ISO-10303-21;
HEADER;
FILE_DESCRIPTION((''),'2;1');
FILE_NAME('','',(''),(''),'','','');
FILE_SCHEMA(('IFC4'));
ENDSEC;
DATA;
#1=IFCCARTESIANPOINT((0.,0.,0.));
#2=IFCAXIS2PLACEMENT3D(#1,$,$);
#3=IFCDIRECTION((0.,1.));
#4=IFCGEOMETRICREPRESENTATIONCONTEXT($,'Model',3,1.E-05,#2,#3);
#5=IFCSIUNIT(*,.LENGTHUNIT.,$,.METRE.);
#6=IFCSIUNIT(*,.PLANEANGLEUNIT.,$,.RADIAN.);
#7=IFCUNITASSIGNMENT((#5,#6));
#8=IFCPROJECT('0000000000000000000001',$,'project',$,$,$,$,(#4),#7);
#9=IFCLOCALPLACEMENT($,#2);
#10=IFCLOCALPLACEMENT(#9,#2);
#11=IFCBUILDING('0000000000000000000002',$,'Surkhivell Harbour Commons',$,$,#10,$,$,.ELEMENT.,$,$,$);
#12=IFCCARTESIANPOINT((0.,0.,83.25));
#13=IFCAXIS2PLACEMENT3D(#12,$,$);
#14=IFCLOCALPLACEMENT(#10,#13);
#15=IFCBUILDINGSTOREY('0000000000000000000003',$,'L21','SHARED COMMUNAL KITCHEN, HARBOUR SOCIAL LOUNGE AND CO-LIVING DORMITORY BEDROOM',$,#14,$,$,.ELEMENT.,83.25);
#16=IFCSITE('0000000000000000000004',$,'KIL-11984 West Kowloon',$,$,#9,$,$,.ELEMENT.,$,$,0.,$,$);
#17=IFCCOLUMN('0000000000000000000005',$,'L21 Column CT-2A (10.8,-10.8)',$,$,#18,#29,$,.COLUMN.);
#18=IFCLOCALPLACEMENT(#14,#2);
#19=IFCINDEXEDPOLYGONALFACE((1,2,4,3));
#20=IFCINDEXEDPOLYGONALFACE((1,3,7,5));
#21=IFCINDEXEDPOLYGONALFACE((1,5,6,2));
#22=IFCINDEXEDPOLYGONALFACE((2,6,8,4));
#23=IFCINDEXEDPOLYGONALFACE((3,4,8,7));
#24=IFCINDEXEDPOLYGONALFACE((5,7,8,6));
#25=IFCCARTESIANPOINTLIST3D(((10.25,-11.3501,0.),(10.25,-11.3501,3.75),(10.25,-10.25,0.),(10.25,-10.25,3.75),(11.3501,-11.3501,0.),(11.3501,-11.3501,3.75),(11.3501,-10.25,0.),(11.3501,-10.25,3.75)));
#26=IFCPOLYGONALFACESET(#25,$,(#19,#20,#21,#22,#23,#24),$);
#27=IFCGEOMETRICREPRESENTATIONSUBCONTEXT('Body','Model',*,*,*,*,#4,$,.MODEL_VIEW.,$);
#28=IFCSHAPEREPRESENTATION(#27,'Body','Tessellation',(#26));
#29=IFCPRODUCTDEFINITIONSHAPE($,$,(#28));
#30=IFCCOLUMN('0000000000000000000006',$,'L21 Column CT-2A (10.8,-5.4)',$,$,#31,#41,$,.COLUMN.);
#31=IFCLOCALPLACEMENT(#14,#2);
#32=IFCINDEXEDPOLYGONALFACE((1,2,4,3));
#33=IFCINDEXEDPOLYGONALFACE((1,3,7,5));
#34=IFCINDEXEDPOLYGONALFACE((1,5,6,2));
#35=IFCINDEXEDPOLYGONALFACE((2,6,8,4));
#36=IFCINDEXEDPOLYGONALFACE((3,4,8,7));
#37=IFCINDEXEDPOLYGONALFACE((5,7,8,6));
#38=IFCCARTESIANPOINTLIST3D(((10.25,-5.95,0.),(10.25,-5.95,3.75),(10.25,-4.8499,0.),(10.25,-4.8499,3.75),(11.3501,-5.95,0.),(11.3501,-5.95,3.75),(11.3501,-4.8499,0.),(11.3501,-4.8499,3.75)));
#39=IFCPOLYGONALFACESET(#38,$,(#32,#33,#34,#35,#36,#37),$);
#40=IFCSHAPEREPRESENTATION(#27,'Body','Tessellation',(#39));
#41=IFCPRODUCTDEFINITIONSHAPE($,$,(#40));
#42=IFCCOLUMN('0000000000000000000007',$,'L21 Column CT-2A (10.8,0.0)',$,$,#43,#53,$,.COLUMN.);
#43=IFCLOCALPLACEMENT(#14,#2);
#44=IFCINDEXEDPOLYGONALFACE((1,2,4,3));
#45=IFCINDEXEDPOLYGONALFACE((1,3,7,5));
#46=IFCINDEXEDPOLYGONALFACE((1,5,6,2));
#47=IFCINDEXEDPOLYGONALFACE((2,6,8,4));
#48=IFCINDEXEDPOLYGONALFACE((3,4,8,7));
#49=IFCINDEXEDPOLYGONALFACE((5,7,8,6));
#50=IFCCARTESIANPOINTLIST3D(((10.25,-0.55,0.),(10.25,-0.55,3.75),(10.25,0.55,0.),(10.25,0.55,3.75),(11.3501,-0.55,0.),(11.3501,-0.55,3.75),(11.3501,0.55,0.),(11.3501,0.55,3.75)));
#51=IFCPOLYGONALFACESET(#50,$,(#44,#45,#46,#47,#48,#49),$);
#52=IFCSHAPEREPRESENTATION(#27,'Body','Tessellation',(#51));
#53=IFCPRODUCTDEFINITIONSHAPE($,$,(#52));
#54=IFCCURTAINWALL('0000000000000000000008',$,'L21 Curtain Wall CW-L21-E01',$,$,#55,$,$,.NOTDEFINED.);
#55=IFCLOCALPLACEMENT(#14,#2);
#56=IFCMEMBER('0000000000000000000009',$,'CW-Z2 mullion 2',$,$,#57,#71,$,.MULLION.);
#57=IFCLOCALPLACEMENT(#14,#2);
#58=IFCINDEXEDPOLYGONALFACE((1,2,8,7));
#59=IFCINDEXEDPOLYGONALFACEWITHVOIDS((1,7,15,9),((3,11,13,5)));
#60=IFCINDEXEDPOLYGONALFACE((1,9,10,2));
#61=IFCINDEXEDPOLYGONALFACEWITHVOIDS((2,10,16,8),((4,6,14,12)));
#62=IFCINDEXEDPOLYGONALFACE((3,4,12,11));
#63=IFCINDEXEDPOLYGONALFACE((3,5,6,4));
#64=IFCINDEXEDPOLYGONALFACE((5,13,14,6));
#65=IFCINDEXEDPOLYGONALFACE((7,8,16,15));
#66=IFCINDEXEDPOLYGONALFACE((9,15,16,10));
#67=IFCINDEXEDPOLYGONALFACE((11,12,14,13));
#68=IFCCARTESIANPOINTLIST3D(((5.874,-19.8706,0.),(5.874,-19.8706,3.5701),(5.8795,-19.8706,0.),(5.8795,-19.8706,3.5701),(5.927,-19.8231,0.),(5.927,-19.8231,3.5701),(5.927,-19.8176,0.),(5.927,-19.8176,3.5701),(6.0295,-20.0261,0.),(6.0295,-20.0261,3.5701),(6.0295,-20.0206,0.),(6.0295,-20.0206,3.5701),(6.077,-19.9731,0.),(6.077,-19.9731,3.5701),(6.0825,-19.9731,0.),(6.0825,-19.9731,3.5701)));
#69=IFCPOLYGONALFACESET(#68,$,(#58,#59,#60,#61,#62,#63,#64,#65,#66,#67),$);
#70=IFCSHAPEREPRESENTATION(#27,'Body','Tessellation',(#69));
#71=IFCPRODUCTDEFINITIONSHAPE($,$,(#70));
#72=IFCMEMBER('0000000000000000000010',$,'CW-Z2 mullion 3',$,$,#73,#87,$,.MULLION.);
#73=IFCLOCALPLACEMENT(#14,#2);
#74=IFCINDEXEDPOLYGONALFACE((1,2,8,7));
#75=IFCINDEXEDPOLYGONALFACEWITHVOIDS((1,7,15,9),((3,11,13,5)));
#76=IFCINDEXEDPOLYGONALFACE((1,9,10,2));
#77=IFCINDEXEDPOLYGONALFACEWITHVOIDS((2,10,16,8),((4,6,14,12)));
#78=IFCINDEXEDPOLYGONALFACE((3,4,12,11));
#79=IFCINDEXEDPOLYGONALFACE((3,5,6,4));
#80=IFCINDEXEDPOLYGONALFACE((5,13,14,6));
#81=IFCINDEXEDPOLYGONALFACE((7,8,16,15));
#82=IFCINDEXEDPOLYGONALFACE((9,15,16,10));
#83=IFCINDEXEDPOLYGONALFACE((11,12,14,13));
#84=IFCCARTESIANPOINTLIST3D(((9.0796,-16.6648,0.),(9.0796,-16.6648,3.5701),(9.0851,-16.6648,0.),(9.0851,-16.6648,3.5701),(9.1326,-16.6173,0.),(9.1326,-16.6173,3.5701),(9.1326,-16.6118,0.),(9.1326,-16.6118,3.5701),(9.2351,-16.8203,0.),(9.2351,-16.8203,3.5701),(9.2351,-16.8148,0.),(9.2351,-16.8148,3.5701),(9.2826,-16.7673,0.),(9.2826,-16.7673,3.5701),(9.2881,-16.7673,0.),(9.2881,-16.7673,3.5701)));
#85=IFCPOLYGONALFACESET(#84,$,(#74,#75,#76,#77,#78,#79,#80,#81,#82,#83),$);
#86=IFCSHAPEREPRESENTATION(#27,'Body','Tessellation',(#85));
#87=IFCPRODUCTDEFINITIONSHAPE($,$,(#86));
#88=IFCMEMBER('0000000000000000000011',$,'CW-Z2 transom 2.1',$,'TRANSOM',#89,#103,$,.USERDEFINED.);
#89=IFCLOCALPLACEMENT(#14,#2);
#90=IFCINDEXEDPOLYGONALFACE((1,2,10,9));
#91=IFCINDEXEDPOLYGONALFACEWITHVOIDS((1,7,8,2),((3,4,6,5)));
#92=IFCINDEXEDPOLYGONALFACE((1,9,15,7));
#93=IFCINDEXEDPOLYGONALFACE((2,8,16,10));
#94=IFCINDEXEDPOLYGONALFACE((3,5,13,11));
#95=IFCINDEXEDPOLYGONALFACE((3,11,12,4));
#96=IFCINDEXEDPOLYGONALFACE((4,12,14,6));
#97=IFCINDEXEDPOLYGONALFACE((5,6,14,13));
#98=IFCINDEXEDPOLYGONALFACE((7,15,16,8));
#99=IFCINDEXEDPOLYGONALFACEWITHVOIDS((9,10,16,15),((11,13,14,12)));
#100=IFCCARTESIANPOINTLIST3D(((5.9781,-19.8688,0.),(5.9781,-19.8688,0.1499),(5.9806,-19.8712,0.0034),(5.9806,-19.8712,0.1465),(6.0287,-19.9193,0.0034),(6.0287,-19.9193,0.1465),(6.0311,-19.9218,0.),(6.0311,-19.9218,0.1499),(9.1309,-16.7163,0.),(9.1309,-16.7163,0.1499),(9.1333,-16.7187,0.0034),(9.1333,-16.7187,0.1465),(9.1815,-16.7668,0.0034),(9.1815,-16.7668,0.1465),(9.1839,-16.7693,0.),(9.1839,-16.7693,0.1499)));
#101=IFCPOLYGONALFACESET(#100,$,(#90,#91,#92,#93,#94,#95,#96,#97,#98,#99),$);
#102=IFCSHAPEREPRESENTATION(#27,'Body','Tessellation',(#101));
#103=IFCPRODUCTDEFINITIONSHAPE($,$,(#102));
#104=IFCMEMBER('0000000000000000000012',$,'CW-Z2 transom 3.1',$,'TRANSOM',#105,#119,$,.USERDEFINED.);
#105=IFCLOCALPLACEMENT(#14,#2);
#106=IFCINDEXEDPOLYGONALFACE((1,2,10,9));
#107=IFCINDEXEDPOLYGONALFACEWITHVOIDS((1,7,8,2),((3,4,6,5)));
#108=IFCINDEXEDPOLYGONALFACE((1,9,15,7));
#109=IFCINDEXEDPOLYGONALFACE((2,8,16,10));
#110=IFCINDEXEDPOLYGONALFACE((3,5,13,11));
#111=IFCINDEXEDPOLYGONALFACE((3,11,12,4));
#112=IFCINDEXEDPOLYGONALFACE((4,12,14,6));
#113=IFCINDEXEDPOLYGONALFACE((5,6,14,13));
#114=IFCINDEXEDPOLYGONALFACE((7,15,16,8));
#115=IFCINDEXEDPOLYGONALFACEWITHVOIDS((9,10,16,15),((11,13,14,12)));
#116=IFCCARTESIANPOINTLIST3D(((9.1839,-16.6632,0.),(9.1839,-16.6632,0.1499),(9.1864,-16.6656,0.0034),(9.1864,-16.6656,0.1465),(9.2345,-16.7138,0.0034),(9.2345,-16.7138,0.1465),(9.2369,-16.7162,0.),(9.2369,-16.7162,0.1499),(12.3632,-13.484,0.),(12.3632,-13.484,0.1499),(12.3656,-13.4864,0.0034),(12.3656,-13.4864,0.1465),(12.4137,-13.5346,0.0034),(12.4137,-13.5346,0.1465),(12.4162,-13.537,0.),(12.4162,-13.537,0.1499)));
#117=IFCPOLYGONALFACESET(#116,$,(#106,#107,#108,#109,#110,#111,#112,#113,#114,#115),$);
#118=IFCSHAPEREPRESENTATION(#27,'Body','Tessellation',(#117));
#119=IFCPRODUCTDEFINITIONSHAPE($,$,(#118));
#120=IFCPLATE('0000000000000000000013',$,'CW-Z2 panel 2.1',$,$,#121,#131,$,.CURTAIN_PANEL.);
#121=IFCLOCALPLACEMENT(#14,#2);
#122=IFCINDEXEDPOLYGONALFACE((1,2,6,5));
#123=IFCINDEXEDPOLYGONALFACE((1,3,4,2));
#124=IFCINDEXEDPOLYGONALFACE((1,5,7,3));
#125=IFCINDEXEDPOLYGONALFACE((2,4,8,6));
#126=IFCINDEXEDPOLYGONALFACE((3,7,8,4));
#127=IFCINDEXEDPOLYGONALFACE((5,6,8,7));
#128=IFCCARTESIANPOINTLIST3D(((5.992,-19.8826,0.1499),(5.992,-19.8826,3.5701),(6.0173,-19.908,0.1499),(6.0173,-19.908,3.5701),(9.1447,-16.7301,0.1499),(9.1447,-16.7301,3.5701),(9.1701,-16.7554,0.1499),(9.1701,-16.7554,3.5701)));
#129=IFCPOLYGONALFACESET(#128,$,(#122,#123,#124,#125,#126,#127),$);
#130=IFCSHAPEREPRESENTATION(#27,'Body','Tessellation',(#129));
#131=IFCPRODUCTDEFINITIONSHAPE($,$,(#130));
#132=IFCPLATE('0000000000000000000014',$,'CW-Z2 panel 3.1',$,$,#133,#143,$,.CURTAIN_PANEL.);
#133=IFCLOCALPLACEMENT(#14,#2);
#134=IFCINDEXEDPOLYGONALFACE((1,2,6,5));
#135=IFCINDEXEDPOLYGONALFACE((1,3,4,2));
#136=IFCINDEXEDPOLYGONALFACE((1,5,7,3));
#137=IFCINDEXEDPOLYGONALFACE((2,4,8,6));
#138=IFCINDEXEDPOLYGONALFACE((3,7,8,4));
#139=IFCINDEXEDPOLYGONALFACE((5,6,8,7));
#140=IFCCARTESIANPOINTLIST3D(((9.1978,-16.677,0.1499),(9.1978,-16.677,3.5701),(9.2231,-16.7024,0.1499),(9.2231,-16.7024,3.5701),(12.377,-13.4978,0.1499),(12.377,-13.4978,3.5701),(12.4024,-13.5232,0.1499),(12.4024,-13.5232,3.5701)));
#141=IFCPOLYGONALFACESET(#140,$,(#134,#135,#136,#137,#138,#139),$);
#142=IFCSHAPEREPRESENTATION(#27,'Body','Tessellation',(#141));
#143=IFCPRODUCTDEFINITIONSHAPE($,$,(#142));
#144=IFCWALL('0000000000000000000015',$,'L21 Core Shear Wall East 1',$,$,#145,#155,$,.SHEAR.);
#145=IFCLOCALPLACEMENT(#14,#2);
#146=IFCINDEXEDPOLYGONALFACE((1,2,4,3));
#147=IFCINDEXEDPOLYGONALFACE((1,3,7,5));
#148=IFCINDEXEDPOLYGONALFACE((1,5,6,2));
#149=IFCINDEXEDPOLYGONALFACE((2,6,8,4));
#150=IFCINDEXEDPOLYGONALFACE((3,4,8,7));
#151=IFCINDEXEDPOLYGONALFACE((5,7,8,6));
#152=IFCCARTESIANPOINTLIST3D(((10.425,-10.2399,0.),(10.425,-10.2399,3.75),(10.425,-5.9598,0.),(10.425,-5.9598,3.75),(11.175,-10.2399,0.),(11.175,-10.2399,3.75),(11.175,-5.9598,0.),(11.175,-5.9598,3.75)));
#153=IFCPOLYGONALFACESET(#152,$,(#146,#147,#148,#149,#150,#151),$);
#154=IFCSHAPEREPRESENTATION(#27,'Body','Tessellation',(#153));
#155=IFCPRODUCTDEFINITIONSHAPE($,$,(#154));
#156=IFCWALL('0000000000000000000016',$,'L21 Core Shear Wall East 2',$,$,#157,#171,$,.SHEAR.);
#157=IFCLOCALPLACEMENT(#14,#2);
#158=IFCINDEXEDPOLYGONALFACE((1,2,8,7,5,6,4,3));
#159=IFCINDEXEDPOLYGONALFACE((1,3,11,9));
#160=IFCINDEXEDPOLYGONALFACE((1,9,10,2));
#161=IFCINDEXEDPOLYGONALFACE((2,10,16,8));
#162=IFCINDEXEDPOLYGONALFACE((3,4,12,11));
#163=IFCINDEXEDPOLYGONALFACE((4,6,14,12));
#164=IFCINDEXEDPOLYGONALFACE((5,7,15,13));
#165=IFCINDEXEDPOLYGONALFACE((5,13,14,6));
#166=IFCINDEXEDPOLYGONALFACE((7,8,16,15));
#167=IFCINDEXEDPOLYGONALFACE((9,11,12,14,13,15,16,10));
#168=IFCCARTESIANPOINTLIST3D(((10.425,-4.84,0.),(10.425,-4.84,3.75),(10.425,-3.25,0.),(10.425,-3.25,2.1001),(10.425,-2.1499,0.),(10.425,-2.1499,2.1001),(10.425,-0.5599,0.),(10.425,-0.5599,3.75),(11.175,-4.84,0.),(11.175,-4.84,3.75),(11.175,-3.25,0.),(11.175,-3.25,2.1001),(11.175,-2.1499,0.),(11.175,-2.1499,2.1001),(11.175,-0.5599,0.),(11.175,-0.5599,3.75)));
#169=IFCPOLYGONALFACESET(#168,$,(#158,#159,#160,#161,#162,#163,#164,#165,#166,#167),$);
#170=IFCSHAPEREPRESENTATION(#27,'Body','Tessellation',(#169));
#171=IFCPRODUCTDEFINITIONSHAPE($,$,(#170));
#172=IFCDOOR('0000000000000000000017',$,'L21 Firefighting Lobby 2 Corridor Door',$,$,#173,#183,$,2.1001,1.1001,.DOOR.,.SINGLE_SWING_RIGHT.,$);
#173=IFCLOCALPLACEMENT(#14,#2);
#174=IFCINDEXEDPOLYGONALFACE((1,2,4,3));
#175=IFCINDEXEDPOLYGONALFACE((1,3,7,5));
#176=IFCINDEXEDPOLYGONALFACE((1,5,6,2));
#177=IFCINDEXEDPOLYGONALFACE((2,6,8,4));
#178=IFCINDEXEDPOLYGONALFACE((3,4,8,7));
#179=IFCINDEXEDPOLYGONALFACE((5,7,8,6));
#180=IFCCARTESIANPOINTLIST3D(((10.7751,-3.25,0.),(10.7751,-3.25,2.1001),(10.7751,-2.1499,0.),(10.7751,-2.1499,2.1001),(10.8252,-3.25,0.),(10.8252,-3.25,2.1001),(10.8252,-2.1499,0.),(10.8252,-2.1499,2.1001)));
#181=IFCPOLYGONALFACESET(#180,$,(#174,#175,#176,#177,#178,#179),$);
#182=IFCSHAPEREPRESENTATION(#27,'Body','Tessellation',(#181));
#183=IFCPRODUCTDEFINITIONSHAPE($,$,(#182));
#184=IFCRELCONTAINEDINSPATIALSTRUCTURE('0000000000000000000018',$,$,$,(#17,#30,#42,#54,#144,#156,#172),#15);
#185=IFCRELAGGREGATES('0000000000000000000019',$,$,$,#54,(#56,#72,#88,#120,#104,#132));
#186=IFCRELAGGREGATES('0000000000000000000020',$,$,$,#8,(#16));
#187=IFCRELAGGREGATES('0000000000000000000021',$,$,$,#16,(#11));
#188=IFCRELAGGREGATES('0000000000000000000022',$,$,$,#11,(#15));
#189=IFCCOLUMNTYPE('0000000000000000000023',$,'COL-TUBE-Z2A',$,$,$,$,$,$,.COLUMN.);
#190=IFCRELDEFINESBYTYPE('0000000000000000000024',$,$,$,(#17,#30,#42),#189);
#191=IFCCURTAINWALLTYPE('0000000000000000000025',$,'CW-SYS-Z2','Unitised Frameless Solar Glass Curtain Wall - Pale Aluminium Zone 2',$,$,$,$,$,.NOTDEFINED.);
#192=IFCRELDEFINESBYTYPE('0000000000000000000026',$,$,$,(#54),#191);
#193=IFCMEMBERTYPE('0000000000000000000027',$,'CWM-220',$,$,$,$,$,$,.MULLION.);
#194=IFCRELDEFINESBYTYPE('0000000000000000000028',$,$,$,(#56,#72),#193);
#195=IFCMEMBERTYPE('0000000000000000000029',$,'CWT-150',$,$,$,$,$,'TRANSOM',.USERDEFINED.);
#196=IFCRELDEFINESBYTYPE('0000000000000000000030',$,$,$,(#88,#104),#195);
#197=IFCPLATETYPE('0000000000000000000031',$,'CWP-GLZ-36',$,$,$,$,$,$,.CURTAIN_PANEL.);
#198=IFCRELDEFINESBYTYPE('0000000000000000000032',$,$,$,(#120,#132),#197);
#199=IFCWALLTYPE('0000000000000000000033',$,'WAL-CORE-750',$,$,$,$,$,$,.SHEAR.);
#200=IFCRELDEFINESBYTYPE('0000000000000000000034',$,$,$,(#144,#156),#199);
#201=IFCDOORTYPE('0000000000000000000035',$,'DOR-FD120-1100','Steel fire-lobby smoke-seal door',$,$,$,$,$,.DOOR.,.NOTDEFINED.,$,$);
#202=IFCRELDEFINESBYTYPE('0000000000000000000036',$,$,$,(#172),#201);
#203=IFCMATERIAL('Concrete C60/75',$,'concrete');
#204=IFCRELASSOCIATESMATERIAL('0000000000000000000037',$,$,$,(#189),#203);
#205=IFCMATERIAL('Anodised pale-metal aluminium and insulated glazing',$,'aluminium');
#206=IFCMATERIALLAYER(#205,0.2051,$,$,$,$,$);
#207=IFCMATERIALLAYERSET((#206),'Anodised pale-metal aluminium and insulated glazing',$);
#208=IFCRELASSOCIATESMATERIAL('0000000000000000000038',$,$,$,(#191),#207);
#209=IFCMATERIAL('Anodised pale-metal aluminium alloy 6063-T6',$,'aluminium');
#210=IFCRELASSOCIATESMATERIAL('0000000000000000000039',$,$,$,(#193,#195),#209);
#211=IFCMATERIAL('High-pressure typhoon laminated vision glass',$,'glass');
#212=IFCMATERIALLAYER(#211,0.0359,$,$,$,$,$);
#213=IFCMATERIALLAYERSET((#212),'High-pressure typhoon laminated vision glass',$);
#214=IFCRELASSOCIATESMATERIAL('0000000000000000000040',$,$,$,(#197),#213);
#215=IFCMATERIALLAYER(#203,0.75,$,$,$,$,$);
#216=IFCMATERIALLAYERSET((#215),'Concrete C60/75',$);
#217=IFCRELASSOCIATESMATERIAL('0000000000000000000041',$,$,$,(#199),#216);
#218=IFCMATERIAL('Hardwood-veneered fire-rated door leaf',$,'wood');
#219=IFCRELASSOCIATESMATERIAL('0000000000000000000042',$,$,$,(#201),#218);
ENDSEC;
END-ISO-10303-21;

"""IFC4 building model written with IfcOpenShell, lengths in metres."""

from ifc_helpers import new_model, si_unit, direction, frame, frame_2d, origin, origin_2d, place, context, subcontext, project, spatial, rectangle, hollow_rectangle, extrude, material, layer, layer_set, material_profile, profile_set, type_object, element, fill, aggregate, save


model = new_model("IFC4")

# Units and contexts
model_context = context("Model", 3, precision=1e-05, world=origin(), true_north=direction((0.0, 1.0)))
body_context = subcontext(model_context, "Body", "Model", "MODEL_VIEW")
ifc_project = project(units=[si_unit("LENGTHUNIT", "METRE"), si_unit("PLANEANGLEUNIT", "RADIAN")], contexts=[model_context])

# Site, building, storey
site_placement = place(None, origin())
site = spatial("IfcSite", under=ifc_project, at=site_placement, Name="KIL-11984 West Kowloon", CompositionType="ELEMENT", RefElevation=0.0)
building_placement = place(site_placement, origin())
building = spatial("IfcBuilding", under=site, at=building_placement, Name="Surkhivell Harbour Commons", CompositionType="ELEMENT")
storey_placement = place(building_placement, frame((0.0, 0.0, 83.25)))
storey = spatial("IfcBuildingStorey", under=building, at=storey_placement, Name="L21", Description="SHARED COMMUNAL KITCHEN, HARBOUR SOCIAL LOUNGE AND CO-LIVING DORMITORY BEDROOM", CompositionType="ELEMENT", Elevation=83.25)

# Columns
ifc_material_1 = material(Name="Concrete C60/75", Category="concrete")
ifc_material_profile_1 = material_profile(ifc_material_1, rectangle(XDim=1.1001, YDim=1.1001, at=origin_2d()), Name="RC-COL-1100x1100")
ifc_profile_set_1 = profile_set([ifc_material_profile_1], Name="Concrete C60/75")
column_type = type_object("IfcColumnType", Name="COL-TUBE-Z2A", PredefinedType="COLUMN", material=ifc_profile_set_1)
for number, where, z_axis, x_axis, name in (
    (1, (10.8, -10.8, 0.0), (0.0, 0.0, 1.0), (1.0, 0.0, 0.0), "L21 Column CT-2A (10.8,-10.8)"),
    (2, (10.8, -5.3999, 0.0), (0.0, 0.0, 1.0), (1.0, 0.0, 0.0), "L21 Column CT-2A (10.8,-5.4)"),
    (3, (10.8, 0.0, 0.0), (0.0, 0.0, 1.0), (1.0, 0.0, 0.0), "L21 Column CT-2A (10.8,0.0)"),
):
    element("IfcColumn", number, at=place(storey_placement, frame(where, z_axis=z_axis, x_axis=x_axis)), inside=storey, type_object=column_type, Name=name, PredefinedType="COLUMN", context=body_context, shape_type="SweptSolid", body=[
        extrude(rectangle(XDim=1.1001, YDim=1.1001, at=origin_2d()), origin(), (0.0, 0.0, 1.0), 3.75),
    ])

# Curtain wall, members, plates
ifc_material_2 = material(Name="Anodised pale-metal aluminium and insulated glazing", Category="aluminium")
ifc_layer_1 = layer(ifc_material_2, 0.2051)
ifc_layer_set_1 = layer_set([ifc_layer_1], Name="Anodised pale-metal aluminium and insulated glazing")
curtain_wall_type = type_object("IfcCurtainWallType", Name="CW-SYS-Z2", Description="Unitised Frameless Solar Glass Curtain Wall - Pale Aluminium Zone 2", PredefinedType="NOTDEFINED", material=ifc_layer_set_1)
curtain_wall_placement = place(storey_placement, origin())
curtain_wall = element("IfcCurtainWall", 4, at=curtain_wall_placement, inside=storey, type_object=curtain_wall_type, Name="L21 Curtain Wall CW-L21-E01", PredefinedType="NOTDEFINED")
ifc_material_3 = material(Name="Anodised pale-metal aluminium alloy 6063-T6", Category="aluminium")
ifc_material_profile_2 = material_profile(ifc_material_3, hollow_rectangle(XDim=0.075, YDim=0.22, WallThickness=0.0039, at=origin_2d()), Name="ALU-MULL-75x220")
ifc_profile_set_2 = profile_set([ifc_material_profile_2], Name="Anodised pale-metal aluminium alloy 6063-T6")
member_type_1 = type_object("IfcMemberType", Name="CWM-220", PredefinedType="MULLION", material=ifc_profile_set_2)
member_1_placement = place(storey_placement, frame((5.9783, -19.9219, 0.0), z_axis=(0.0, 0.0, 1.0), x_axis=(0.707107, 0.707107, 0.0)))
member_1 = element("IfcMember", 5, at=member_1_placement, type_object=member_type_1, Name="CW-Z2 mullion 2", PredefinedType="MULLION", context=body_context, shape_type="SweptSolid", body=[
    extrude(hollow_rectangle(XDim=0.075, YDim=0.22, WallThickness=0.0039, at=origin_2d()), origin(), (0.0, 0.0, 1.0), 3.5701),
])
member_2_placement = place(storey_placement, frame((9.1838, -16.7161, 0.0), z_axis=(0.0, 0.0, 1.0), x_axis=(0.707107, 0.707107, 0.0)))
member_2 = element("IfcMember", 6, at=member_2_placement, type_object=member_type_1, Name="CW-Z2 mullion 3", PredefinedType="MULLION", context=body_context, shape_type="SweptSolid", body=[
    extrude(hollow_rectangle(XDim=0.075, YDim=0.22, WallThickness=0.0039, at=origin_2d()), origin(), (0.0, 0.0, 1.0), 3.5701),
])
ifc_material_profile_3 = material_profile(ifc_material_3, hollow_rectangle(XDim=0.075, YDim=0.1499, WallThickness=0.0034, at=origin_2d()), Name="ALU-TRAN-75x150")
ifc_profile_set_3 = profile_set([ifc_material_profile_3], Name="Anodised pale-metal aluminium alloy 6063-T6")
member_type_2 = type_object("IfcMemberType", Name="CWT-150", ElementType="TRANSOM", PredefinedType="USERDEFINED", material=ifc_profile_set_3)
member_3_placement = place(storey_placement, frame((6.0046, -19.8953, 0.075), z_axis=(0.707134, 0.707079, 0.0), x_axis=(-0.707079, 0.707134, 0.0)))
member_3 = element("IfcMember", 7, at=member_3_placement, type_object=member_type_2, Name="CW-Z2 transom 2.1", ObjectType="TRANSOM", PredefinedType="USERDEFINED", context=body_context, shape_type="SweptSolid", body=[
    extrude(hollow_rectangle(XDim=0.075, YDim=0.1499, WallThickness=0.0034, at=origin_2d()), origin(), (0.0, 0.0, 1.0), 4.4585),
])
member_4_placement = place(storey_placement, frame((9.2104, -16.6897, 0.075), z_axis=(0.707107, 0.707107, 0.0), x_axis=(-0.707107, 0.707107, 0.0)))
member_4 = element("IfcMember", 8, at=member_4_placement, type_object=member_type_2, Name="CW-Z2 transom 3.1", ObjectType="TRANSOM", PredefinedType="USERDEFINED", context=body_context, shape_type="SweptSolid", body=[
    extrude(hollow_rectangle(XDim=0.075, YDim=0.1499, WallThickness=0.0034, at=origin_2d()), origin(), (0.0, 0.0, 1.0), 4.4961),
])
ifc_material_4 = material(Name="High-pressure typhoon laminated vision glass", Category="glass")
ifc_layer_2 = layer(ifc_material_4, 0.0359)
ifc_layer_set_2 = layer_set([ifc_layer_2], Name="High-pressure typhoon laminated vision glass")
plate_type = type_object("IfcPlateType", Name="CWP-GLZ-36", PredefinedType="CURTAIN_PANEL", material=ifc_layer_set_2)
plate_1_placement = place(storey_placement, frame((6.0046, -19.8953, 0.1499), z_axis=(0.0, 0.0, 1.0), x_axis=(0.707134, 0.707079, 0.0)))
plate_1 = element("IfcPlate", 9, at=plate_1_placement, type_object=plate_type, Name="CW-Z2 panel 2.1", PredefinedType="CURTAIN_PANEL", context=body_context, shape_type="SweptSolid", body=[
    extrude(rectangle(XDim=4.4585, YDim=0.0359, at=frame_2d((2.2292, 0.0))), origin(), (0.0, 0.0, 1.0), 3.4202),
])
plate_2_placement = place(storey_placement, frame((9.2104, -16.6897, 0.1499), z_axis=(0.0, 0.0, 1.0), x_axis=(0.707107, 0.707107, 0.0)))
plate_2 = element("IfcPlate", 10, at=plate_2_placement, type_object=plate_type, Name="CW-Z2 panel 3.1", PredefinedType="CURTAIN_PANEL", context=body_context, shape_type="SweptSolid", body=[
    extrude(rectangle(XDim=4.4961, YDim=0.0359, at=frame_2d((2.248, 0.0))), origin(), (0.0, 0.0, 1.0), 3.4202),
])
aggregate(curtain_wall, [member_1, member_2, member_3, plate_1, member_4, plate_2])

# Wall
ifc_layer_3 = layer(ifc_material_1, 0.75)
ifc_layer_set_3 = layer_set([ifc_layer_3], Name="Concrete C60/75")
wall_type_1 = type_object("IfcWallType", Name="WAL-CORE-750", PredefinedType="SHEAR", material=ifc_layer_set_3)
wall_1_placement = place(storey_placement, frame((10.8, -10.24, 0.0), z_axis=(0.0, 0.0, 1.0), x_axis=(0.0, 1.0, 0.0)))
element("IfcWall", 11, at=wall_1_placement, inside=storey, type_object=wall_type_1, Name="L21 Core Shear Wall East 1", PredefinedType="SHEAR", context=body_context, shape_type="SweptSolid", body=[
    extrude(rectangle(XDim=4.28, YDim=0.75, at=frame_2d((2.1401, 0.0))), origin(), (0.0, 0.0, 1.0), 3.75),
])

# Wall, opening, door
wall_2_placement = place(storey_placement, frame((10.8, -4.8401, 0.0), z_axis=(0.0, 0.0, 1.0), x_axis=(0.0, 1.0, 0.0)))
wall_2 = element("IfcWall", 12, at=wall_2_placement, inside=storey, type_object=wall_type_1, Name="L21 Core Shear Wall East 2", PredefinedType="SHEAR", context=body_context, shape_type="SweptSolid", body=[
    extrude(rectangle(XDim=4.28, YDim=0.75, at=frame_2d((2.1401, 0.0))), origin(), (0.0, 0.0, 1.0), 3.75),
])
opening_1_placement = place(wall_2_placement, frame((1.5901, 0.0, 0.0)))
opening_1 = element("IfcOpeningElement", 13, at=opening_1_placement, cuts=wall_2, PredefinedType="OPENING", context=body_context, shape_type="SweptSolid", body=[
    extrude(rectangle(XDim=1.1001, YDim=2.1001, at=frame_2d((0.55, 1.05))), frame((0.0, 0.385, 0.0), z_axis=(0.0, -1.0, 0.0), x_axis=(1.0, 0.0, 0.0)), (0.0, 0.0, 1.0), 0.77),
])
ifc_material_5 = material(Name="Hardwood-veneered fire-rated door leaf", Category="wood")
door_type_1 = type_object("IfcDoorType", Name="DOR-FD120-1100", Description="Steel fire-lobby smoke-seal door", OperationType="NOTDEFINED", PredefinedType="DOOR", material=ifc_material_5)
door_1_placement = place(opening_1_placement, origin())
door_1 = element("IfcDoor", 14, at=door_1_placement, inside=storey, type_object=door_type_1, Name="L21 Firefighting Lobby 2 Corridor Door", OperationType="SINGLE_SWING_RIGHT", OverallHeight=2.1001, OverallWidth=1.1001, PredefinedType="DOOR", context=body_context, shape_type="SweptSolid", body=[
    extrude(rectangle(XDim=1.1001, YDim=2.1001, at=frame_2d((0.55, 1.05))), frame((0.0, 0.0249, 0.0), z_axis=(0.0, -1.0, 0.0), x_axis=(1.0, 0.0, 0.0)), (0.0, 0.0, 1.0), 0.05),
])
fill(opening_1, door_1)

save(model, "model.ifc")
